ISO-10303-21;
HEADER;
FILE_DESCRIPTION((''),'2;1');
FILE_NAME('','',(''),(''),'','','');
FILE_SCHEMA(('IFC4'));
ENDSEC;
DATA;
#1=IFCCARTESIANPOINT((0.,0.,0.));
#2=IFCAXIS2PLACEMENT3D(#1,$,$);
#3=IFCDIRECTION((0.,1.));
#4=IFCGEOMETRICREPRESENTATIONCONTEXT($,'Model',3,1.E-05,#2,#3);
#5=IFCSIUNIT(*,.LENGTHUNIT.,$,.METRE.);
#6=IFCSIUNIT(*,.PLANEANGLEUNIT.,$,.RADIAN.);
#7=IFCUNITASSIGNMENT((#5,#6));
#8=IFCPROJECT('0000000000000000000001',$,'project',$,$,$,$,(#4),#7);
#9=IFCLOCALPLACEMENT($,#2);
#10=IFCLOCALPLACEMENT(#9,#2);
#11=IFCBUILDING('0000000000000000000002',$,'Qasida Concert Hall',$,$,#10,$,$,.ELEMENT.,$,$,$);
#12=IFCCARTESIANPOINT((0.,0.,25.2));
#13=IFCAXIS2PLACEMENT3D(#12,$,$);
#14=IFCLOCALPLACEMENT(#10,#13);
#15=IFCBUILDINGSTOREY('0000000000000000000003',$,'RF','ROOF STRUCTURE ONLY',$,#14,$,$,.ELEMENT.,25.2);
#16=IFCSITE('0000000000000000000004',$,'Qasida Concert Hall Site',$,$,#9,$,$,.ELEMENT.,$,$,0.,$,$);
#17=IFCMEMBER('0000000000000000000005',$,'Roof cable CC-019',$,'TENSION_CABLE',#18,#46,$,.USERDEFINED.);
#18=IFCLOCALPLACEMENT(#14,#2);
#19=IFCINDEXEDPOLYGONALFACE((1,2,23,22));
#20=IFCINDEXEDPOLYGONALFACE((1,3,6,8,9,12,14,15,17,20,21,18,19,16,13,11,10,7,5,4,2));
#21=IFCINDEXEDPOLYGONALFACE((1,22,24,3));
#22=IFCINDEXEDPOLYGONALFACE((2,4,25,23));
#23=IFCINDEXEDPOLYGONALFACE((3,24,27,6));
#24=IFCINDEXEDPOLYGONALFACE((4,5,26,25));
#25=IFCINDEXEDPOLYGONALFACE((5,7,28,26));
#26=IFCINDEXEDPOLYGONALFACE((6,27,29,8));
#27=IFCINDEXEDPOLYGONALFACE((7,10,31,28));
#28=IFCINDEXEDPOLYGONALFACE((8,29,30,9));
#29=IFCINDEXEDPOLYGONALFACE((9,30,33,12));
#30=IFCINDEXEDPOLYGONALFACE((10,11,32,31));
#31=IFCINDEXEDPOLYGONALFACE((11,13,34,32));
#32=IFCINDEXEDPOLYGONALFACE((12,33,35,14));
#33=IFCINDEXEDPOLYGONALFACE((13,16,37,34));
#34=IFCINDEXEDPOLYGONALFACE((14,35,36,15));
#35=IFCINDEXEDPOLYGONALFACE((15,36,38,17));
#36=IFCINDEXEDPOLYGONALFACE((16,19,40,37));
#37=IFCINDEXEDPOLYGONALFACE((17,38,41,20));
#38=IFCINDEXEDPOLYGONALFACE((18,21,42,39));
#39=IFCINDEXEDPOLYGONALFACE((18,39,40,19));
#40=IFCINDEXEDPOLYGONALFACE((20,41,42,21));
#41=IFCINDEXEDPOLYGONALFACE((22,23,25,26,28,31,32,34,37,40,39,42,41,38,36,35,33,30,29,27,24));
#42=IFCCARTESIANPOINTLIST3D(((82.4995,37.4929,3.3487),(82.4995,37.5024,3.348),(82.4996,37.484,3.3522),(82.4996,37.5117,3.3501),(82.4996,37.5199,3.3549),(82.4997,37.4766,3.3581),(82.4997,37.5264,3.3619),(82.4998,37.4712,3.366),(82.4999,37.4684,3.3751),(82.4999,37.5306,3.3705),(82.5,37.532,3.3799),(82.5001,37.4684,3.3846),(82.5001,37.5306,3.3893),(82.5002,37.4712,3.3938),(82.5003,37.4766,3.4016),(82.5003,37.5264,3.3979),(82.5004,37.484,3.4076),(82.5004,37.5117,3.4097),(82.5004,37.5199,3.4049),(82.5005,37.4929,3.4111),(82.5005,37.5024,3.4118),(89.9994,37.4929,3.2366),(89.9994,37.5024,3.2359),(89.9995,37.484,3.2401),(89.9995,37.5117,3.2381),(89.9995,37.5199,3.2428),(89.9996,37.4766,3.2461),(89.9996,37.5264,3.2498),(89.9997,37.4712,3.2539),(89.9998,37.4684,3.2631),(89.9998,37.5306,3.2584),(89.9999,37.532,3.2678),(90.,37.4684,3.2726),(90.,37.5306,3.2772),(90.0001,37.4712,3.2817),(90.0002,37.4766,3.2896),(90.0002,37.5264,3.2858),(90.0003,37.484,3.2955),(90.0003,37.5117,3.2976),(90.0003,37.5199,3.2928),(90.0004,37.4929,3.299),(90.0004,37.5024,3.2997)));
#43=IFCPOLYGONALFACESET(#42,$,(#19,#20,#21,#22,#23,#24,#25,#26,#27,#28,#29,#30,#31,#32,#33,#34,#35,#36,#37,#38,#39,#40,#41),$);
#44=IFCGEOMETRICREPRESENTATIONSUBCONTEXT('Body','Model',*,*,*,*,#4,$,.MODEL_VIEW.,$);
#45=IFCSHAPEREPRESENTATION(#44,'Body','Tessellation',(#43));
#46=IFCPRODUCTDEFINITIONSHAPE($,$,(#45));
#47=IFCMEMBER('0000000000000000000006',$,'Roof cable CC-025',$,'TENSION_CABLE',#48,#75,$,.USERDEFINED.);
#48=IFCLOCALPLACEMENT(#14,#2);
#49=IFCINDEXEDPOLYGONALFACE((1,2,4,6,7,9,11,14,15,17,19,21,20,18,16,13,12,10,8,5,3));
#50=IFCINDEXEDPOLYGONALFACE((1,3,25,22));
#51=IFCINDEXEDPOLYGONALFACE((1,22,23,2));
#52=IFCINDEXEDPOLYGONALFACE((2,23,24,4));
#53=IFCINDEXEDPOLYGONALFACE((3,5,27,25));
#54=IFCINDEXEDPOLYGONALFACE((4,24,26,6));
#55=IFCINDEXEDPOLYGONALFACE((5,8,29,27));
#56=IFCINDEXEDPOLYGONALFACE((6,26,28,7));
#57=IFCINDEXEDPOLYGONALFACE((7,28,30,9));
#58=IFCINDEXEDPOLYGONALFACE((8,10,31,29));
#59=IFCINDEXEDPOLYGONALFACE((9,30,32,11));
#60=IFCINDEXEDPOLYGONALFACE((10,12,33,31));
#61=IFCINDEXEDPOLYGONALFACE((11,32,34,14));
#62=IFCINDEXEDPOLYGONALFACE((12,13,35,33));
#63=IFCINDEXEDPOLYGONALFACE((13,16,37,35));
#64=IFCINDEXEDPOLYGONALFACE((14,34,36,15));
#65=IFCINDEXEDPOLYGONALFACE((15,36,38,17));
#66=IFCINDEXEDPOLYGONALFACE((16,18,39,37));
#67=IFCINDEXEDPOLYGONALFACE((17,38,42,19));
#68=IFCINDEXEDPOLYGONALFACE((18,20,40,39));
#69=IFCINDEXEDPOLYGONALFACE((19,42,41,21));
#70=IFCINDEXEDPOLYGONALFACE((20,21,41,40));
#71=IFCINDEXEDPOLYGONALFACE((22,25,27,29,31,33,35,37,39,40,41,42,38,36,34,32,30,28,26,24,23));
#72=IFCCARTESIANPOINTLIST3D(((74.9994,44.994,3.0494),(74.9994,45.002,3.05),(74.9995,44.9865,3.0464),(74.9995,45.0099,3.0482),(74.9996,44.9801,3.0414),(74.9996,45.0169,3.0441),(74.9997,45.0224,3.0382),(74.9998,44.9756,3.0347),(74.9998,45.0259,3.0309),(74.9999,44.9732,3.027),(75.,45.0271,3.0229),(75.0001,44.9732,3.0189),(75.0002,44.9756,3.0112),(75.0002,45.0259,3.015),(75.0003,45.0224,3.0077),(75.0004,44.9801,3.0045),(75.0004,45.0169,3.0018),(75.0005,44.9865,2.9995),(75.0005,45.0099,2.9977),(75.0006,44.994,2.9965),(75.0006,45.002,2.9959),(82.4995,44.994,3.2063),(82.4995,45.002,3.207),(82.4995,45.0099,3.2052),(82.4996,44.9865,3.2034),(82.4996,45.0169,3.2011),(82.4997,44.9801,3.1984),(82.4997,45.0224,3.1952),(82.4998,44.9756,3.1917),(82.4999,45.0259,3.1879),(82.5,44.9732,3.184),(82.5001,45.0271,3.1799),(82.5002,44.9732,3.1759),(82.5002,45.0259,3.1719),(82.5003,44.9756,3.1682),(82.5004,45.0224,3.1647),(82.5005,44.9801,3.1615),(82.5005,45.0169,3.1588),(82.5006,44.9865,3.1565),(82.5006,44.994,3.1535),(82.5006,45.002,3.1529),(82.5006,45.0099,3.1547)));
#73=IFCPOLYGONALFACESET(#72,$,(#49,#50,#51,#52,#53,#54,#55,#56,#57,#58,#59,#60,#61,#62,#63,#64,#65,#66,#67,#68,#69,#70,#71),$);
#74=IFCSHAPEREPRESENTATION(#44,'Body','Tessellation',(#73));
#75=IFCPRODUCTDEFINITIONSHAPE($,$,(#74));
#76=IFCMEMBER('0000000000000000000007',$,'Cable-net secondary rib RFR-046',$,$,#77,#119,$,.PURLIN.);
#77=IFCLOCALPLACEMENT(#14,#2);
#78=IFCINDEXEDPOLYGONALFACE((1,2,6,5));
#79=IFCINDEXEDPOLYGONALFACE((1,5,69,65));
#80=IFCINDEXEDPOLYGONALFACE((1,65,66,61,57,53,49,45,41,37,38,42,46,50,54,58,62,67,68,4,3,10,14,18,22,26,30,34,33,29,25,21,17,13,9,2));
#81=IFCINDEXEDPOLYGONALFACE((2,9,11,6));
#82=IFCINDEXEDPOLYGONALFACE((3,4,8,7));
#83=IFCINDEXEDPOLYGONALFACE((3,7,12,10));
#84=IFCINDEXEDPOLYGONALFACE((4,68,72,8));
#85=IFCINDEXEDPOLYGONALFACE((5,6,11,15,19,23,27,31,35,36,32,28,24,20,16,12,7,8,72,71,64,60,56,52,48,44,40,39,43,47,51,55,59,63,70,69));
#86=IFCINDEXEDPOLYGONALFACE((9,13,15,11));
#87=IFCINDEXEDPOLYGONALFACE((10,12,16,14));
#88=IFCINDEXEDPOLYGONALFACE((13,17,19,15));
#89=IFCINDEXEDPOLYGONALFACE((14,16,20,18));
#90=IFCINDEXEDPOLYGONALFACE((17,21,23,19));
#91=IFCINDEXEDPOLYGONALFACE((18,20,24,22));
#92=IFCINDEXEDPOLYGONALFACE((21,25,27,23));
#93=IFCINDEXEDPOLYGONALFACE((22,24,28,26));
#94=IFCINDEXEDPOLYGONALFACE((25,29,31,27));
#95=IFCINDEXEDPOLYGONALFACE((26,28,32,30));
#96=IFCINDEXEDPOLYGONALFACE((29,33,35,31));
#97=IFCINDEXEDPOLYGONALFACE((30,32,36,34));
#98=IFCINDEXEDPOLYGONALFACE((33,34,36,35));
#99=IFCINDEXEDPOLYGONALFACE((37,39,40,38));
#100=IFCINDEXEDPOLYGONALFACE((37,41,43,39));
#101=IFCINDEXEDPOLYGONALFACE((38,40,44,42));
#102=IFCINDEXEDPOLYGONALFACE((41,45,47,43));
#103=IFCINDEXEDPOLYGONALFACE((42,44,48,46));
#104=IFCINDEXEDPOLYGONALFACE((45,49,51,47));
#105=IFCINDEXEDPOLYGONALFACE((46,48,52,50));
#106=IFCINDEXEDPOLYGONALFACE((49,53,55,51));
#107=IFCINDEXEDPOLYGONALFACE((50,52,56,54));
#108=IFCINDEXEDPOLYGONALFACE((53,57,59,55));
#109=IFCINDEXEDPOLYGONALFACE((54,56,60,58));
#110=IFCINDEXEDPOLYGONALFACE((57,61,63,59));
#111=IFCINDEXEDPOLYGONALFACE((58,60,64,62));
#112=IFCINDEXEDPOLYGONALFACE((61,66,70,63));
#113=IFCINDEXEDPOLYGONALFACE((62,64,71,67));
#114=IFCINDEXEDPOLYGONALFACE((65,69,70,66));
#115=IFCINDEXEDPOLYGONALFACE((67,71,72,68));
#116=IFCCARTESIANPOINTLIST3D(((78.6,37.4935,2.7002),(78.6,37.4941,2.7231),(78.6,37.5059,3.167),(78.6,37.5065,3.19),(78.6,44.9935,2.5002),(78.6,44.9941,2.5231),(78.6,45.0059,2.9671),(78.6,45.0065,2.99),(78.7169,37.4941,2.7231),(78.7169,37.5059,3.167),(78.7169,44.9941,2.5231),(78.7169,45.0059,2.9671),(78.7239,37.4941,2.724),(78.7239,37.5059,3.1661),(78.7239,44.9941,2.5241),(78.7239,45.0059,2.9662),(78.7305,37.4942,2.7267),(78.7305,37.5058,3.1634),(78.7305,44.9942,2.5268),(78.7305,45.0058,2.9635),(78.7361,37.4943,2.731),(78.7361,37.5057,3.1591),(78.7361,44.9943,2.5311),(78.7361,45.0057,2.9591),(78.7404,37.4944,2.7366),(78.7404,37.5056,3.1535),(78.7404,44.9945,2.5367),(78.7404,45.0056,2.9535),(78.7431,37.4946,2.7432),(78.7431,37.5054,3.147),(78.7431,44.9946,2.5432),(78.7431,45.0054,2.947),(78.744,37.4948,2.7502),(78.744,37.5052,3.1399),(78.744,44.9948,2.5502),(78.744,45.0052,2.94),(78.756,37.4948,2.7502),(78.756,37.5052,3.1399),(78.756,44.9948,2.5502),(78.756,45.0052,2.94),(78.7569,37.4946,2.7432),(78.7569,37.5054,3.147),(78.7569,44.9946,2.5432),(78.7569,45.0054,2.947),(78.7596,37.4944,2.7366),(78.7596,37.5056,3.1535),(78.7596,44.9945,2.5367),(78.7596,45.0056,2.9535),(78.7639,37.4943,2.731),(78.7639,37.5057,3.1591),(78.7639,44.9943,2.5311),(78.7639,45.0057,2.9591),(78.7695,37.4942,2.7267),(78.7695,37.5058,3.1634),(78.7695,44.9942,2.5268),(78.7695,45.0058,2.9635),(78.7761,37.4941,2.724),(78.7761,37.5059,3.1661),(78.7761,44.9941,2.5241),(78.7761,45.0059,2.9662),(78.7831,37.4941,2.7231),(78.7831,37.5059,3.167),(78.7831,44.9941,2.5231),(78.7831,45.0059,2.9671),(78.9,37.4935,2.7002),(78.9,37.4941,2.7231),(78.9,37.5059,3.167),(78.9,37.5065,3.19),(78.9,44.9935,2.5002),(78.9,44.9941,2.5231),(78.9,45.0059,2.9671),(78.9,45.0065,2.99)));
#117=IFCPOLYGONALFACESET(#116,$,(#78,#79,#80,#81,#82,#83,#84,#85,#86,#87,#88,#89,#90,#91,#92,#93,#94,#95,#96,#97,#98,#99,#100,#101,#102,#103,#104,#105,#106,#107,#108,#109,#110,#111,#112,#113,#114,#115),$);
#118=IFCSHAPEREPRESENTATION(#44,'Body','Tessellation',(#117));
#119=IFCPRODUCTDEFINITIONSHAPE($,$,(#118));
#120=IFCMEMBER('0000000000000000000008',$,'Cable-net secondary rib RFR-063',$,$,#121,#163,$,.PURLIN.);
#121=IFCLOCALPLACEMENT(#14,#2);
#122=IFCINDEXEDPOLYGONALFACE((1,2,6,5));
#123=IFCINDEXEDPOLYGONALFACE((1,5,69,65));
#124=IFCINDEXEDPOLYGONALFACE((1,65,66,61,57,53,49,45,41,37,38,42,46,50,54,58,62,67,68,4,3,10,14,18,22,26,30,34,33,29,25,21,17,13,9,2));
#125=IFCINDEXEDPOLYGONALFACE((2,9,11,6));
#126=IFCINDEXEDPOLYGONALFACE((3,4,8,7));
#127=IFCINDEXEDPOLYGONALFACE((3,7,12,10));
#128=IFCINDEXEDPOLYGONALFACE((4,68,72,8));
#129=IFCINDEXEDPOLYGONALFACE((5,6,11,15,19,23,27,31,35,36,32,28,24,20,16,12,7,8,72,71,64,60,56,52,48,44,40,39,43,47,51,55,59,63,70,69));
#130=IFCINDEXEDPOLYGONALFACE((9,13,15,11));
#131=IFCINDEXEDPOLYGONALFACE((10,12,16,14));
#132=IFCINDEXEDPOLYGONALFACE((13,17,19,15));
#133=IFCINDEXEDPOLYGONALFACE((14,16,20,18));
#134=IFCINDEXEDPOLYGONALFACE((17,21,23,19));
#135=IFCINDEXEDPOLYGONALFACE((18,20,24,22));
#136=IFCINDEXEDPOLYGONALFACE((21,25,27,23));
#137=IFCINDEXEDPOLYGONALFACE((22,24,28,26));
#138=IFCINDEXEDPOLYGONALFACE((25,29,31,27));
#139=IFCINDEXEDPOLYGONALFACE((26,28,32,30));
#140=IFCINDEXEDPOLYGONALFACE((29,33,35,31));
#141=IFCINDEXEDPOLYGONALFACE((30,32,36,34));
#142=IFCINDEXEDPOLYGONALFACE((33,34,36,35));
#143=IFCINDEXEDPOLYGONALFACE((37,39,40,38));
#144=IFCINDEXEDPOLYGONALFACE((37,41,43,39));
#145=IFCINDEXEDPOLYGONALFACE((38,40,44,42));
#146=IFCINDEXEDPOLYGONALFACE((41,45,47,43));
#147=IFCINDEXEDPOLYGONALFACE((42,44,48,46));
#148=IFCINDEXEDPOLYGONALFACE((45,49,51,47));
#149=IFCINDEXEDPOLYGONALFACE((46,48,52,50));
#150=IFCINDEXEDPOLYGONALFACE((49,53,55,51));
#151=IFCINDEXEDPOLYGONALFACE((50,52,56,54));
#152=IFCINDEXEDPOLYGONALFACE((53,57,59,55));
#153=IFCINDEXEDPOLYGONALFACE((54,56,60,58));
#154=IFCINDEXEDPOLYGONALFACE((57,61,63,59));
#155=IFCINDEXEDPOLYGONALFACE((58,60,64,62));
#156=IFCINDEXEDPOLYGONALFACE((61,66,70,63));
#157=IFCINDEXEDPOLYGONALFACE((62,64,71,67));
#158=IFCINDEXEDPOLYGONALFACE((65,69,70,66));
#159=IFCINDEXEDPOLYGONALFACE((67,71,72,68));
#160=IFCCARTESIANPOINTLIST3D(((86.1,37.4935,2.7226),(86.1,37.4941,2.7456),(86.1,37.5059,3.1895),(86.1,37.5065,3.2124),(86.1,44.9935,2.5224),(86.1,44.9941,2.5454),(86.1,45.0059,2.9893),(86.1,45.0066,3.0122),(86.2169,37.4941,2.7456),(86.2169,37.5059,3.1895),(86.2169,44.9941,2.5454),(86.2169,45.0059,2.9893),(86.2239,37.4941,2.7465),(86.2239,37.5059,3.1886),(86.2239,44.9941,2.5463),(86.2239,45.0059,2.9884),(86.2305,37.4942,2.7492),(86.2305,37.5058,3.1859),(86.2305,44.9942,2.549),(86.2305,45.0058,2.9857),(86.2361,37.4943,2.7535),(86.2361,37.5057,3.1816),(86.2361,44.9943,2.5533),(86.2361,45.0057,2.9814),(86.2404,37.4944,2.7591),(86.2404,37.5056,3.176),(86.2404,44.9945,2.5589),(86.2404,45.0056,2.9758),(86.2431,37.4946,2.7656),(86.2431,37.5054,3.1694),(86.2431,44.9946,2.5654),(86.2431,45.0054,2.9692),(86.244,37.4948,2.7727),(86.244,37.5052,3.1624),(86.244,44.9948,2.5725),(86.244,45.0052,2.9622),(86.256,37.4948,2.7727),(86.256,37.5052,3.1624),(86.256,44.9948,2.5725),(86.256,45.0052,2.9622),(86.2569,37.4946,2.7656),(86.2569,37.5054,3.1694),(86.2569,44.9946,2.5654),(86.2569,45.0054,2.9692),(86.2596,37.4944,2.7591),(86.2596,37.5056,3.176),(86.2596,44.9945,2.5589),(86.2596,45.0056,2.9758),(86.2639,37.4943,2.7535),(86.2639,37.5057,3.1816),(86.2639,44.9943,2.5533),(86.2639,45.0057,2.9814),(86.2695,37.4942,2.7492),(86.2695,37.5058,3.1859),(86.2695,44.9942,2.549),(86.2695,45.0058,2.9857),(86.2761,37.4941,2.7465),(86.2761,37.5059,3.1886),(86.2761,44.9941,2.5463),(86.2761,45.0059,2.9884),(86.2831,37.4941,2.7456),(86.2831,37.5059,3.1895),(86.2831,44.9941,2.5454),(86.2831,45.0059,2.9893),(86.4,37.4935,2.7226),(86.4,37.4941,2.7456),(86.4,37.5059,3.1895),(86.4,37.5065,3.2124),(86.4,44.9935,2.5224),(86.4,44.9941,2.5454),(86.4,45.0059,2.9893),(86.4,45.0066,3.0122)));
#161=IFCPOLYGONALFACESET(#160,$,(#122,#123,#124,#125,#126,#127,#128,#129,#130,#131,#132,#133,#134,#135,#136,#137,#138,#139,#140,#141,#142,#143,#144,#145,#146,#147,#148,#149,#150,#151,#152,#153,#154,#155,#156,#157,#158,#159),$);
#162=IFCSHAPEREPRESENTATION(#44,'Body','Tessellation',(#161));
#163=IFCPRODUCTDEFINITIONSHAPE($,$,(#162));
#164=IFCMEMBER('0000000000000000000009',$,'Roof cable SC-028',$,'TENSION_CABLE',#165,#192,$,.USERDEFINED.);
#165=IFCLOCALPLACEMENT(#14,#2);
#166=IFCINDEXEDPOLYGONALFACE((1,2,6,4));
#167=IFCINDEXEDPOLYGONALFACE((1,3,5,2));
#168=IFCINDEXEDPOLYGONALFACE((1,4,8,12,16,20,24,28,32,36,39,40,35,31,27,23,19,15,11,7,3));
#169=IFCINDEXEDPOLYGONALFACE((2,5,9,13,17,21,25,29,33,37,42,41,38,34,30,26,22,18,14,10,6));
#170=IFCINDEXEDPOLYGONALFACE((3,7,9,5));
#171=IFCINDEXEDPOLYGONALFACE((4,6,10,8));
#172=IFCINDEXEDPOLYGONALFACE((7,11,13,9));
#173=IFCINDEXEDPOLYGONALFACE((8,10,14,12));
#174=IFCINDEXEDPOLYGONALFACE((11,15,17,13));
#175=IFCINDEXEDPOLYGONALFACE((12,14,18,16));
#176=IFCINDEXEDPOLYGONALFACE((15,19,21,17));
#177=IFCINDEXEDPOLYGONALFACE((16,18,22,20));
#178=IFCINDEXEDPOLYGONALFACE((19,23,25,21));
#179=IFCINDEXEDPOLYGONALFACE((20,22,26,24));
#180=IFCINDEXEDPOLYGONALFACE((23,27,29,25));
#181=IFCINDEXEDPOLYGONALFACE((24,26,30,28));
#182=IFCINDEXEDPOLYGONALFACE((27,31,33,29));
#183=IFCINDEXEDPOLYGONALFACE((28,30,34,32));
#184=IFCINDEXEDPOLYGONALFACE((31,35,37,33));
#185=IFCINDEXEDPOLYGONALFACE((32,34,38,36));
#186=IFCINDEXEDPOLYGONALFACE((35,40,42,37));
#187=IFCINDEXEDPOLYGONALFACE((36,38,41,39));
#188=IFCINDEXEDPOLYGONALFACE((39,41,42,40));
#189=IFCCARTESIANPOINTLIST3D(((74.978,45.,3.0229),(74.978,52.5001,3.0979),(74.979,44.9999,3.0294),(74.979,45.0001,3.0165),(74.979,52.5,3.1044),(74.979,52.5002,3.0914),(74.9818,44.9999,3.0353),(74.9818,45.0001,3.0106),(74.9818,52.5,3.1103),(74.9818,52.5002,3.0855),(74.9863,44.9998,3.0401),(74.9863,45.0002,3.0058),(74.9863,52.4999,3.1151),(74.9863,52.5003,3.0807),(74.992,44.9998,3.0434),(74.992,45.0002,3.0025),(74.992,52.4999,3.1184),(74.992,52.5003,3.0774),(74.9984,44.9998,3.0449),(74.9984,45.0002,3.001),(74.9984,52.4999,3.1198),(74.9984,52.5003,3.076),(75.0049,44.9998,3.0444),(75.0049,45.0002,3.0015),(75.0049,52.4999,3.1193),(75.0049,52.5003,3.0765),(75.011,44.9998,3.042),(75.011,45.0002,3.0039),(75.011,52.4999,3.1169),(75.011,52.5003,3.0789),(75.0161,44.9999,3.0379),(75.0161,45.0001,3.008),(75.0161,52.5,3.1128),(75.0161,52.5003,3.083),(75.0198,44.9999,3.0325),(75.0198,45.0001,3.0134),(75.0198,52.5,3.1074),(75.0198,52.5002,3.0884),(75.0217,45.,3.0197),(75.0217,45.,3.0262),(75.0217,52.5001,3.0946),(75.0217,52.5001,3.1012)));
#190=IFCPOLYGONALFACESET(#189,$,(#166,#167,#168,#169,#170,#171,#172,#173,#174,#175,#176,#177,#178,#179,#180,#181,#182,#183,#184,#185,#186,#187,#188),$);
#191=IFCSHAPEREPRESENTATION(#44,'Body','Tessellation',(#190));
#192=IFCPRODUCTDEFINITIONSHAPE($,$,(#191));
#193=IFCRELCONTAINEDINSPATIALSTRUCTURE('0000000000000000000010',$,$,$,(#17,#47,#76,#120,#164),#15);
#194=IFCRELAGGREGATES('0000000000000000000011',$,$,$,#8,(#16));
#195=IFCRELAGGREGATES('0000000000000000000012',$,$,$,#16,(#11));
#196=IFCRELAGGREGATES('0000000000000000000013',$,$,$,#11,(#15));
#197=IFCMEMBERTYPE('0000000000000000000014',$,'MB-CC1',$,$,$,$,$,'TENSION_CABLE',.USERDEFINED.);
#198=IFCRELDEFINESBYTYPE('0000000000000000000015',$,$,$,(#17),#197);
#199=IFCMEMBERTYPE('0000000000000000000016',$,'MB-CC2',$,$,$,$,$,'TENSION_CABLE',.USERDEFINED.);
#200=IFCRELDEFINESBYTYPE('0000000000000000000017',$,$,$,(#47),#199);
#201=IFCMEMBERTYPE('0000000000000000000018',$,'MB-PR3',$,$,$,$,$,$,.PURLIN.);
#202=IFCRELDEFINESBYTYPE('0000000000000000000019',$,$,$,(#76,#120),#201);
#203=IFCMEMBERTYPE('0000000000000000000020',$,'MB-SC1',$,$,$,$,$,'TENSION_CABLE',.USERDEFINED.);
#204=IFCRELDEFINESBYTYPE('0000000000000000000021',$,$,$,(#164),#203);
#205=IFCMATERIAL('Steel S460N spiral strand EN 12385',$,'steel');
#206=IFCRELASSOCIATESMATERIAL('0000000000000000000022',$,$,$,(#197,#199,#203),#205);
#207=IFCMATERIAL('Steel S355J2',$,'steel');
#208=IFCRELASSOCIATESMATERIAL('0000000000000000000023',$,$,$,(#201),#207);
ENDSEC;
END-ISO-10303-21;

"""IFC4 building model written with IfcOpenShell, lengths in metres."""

from ifc_helpers import new_model, si_unit, direction, frame, origin, origin_2d, place, context, subcontext, project, spatial, circle, i_section, extrude, material, material_profile, profile_set, type_object, element, save


model = new_model("IFC4")

# Units and contexts
model_context = context("Model", 3, precision=1e-05, world=origin(), true_north=direction((0.0, 1.0)))
body_context = subcontext(model_context, "Body", "Model", "MODEL_VIEW")
ifc_project = project(units=[si_unit("LENGTHUNIT", "METRE"), si_unit("PLANEANGLEUNIT", "RADIAN")], contexts=[model_context])

# Site, building, storey
site_placement = place(None, origin())
site = spatial("IfcSite", under=ifc_project, at=site_placement, Name="Qasida Concert Hall Site", CompositionType="ELEMENT", RefElevation=0.0)
building_placement = place(site_placement, origin())
building = spatial("IfcBuilding", under=site, at=building_placement, Name="Qasida Concert Hall", CompositionType="ELEMENT")
storey_placement = place(building_placement, frame((0.0, 0.0, 25.2)))
storey = spatial("IfcBuildingStorey", under=building, at=storey_placement, Name="RF", Description="ROOF STRUCTURE ONLY", CompositionType="ELEMENT", Elevation=25.2)

# Members
ifc_material_1 = material(Name="Steel S460N spiral strand EN 12385", Category="steel")
ifc_material_profile_1 = material_profile(ifc_material_1, circle(Radius=0.032, at=origin_2d()), Name="STRAND D64")
ifc_profile_set_1 = profile_set([ifc_material_profile_1], Name="Steel S460N spiral strand EN 12385")
member_type_1 = type_object("IfcMemberType", Name="MB-CC1", ElementType="TENSION_CABLE", PredefinedType="USERDEFINED", material=ifc_profile_set_1)
member_1_placement = place(storey_placement, frame((82.5, 37.5, 3.3799), z_axis=(0.999888, 0.0, -0.01494), x_axis=(0.0, 1.0, 0.0)))
element("IfcMember", 1, at=member_1_placement, inside=storey, type_object=member_type_1, Name="Roof cable CC-019", ObjectType="TENSION_CABLE", PredefinedType="USERDEFINED", context=body_context, shape_type="SweptSolid", body=[
    extrude(circle(Radius=0.032, at=origin_2d()), origin(), (0.0, 0.0, 1.0), 7.5007),
])
ifc_material_profile_2 = material_profile(ifc_material_1, circle(Radius=0.0271, at=origin_2d()), Name="STRAND D54")
ifc_profile_set_2 = profile_set([ifc_material_profile_2], Name="Steel S460N spiral strand EN 12385")
member_type_2 = type_object("IfcMemberType", Name="MB-CC2", ElementType="TENSION_CABLE", PredefinedType="USERDEFINED", material=ifc_profile_set_2)
member_2_placement = place(storey_placement, frame((75.0, 45.0, 3.0229), z_axis=(0.999781, 0.0, 0.020926), x_axis=(0.0, 1.0, 0.0)))
element("IfcMember", 2, at=member_2_placement, inside=storey, type_object=member_type_2, Name="Roof cable CC-025", ObjectType="TENSION_CABLE", PredefinedType="USERDEFINED", context=body_context, shape_type="SweptSolid", body=[
    extrude(circle(Radius=0.0271, at=origin_2d()), origin(), (0.0, 0.0, 1.0), 7.5017),
])
ifc_material_2 = material(Name="Steel S355J2", Category="steel")
ifc_material_profile_3 = material_profile(ifc_material_2, i_section(OverallWidth=0.3, OverallDepth=0.49, WebThickness=0.012, FlangeThickness=0.0229, FilletRadius=0.0271, at=origin_2d()), Name="HEA 500")
ifc_profile_set_3 = profile_set([ifc_material_profile_3], Name="Steel S355J2")
member_type_3 = type_object("IfcMemberType", Name="MB-PR3", PredefinedType="PURLIN", material=ifc_profile_set_3)
for number, where, z_axis, x_axis, name in (
    (3, (78.75, 37.5, 2.9451), (0.0, 0.999645, -0.026651), (-1.0, 0.0, 0.0), "Cable-net secondary rib RFR-046"),
    (4, (86.25, 37.5, 2.9675), (0.0, 0.999644, -0.026683), (-1.0, 0.0, 0.0), "Cable-net secondary rib RFR-063"),
):
    element("IfcMember", number, at=place(storey_placement, frame(where, z_axis=z_axis, x_axis=x_axis)), inside=storey, type_object=member_type_3, Name=name, PredefinedType="PURLIN", context=body_context, shape_type="SweptSolid", body=[
        extrude(i_section(OverallWidth=0.3, OverallDepth=0.49, WebThickness=0.012, FlangeThickness=0.0229, FilletRadius=0.0271, at=origin_2d()), origin(), (0.0, 0.0, 1.0), 7.5027),
    ])
ifc_material_profile_4 = material_profile(ifc_material_1, circle(Radius=0.022, at=origin_2d()), Name="STRAND D44")
ifc_profile_set_4 = profile_set([ifc_material_profile_4], Name="Steel S460N spiral strand EN 12385")
member_type_4 = type_object("IfcMemberType", Name="MB-SC1", ElementType="TENSION_CABLE", PredefinedType="USERDEFINED", material=ifc_profile_set_4)
member_3_placement = place(storey_placement, frame((75.0, 45.0, 3.0229), z_axis=(0.0, 0.99995, 0.009993), x_axis=(-1.0, 0.0, 0.0)))
element("IfcMember", 5, at=member_3_placement, inside=storey, type_object=member_type_4, Name="Roof cable SC-028", ObjectType="TENSION_CABLE", PredefinedType="USERDEFINED", context=body_context, shape_type="SweptSolid", body=[
    extrude(circle(Radius=0.022, at=origin_2d()), origin(), (0.0, 0.0, 1.0), 7.5005),
])

save(model, "model.ifc")
